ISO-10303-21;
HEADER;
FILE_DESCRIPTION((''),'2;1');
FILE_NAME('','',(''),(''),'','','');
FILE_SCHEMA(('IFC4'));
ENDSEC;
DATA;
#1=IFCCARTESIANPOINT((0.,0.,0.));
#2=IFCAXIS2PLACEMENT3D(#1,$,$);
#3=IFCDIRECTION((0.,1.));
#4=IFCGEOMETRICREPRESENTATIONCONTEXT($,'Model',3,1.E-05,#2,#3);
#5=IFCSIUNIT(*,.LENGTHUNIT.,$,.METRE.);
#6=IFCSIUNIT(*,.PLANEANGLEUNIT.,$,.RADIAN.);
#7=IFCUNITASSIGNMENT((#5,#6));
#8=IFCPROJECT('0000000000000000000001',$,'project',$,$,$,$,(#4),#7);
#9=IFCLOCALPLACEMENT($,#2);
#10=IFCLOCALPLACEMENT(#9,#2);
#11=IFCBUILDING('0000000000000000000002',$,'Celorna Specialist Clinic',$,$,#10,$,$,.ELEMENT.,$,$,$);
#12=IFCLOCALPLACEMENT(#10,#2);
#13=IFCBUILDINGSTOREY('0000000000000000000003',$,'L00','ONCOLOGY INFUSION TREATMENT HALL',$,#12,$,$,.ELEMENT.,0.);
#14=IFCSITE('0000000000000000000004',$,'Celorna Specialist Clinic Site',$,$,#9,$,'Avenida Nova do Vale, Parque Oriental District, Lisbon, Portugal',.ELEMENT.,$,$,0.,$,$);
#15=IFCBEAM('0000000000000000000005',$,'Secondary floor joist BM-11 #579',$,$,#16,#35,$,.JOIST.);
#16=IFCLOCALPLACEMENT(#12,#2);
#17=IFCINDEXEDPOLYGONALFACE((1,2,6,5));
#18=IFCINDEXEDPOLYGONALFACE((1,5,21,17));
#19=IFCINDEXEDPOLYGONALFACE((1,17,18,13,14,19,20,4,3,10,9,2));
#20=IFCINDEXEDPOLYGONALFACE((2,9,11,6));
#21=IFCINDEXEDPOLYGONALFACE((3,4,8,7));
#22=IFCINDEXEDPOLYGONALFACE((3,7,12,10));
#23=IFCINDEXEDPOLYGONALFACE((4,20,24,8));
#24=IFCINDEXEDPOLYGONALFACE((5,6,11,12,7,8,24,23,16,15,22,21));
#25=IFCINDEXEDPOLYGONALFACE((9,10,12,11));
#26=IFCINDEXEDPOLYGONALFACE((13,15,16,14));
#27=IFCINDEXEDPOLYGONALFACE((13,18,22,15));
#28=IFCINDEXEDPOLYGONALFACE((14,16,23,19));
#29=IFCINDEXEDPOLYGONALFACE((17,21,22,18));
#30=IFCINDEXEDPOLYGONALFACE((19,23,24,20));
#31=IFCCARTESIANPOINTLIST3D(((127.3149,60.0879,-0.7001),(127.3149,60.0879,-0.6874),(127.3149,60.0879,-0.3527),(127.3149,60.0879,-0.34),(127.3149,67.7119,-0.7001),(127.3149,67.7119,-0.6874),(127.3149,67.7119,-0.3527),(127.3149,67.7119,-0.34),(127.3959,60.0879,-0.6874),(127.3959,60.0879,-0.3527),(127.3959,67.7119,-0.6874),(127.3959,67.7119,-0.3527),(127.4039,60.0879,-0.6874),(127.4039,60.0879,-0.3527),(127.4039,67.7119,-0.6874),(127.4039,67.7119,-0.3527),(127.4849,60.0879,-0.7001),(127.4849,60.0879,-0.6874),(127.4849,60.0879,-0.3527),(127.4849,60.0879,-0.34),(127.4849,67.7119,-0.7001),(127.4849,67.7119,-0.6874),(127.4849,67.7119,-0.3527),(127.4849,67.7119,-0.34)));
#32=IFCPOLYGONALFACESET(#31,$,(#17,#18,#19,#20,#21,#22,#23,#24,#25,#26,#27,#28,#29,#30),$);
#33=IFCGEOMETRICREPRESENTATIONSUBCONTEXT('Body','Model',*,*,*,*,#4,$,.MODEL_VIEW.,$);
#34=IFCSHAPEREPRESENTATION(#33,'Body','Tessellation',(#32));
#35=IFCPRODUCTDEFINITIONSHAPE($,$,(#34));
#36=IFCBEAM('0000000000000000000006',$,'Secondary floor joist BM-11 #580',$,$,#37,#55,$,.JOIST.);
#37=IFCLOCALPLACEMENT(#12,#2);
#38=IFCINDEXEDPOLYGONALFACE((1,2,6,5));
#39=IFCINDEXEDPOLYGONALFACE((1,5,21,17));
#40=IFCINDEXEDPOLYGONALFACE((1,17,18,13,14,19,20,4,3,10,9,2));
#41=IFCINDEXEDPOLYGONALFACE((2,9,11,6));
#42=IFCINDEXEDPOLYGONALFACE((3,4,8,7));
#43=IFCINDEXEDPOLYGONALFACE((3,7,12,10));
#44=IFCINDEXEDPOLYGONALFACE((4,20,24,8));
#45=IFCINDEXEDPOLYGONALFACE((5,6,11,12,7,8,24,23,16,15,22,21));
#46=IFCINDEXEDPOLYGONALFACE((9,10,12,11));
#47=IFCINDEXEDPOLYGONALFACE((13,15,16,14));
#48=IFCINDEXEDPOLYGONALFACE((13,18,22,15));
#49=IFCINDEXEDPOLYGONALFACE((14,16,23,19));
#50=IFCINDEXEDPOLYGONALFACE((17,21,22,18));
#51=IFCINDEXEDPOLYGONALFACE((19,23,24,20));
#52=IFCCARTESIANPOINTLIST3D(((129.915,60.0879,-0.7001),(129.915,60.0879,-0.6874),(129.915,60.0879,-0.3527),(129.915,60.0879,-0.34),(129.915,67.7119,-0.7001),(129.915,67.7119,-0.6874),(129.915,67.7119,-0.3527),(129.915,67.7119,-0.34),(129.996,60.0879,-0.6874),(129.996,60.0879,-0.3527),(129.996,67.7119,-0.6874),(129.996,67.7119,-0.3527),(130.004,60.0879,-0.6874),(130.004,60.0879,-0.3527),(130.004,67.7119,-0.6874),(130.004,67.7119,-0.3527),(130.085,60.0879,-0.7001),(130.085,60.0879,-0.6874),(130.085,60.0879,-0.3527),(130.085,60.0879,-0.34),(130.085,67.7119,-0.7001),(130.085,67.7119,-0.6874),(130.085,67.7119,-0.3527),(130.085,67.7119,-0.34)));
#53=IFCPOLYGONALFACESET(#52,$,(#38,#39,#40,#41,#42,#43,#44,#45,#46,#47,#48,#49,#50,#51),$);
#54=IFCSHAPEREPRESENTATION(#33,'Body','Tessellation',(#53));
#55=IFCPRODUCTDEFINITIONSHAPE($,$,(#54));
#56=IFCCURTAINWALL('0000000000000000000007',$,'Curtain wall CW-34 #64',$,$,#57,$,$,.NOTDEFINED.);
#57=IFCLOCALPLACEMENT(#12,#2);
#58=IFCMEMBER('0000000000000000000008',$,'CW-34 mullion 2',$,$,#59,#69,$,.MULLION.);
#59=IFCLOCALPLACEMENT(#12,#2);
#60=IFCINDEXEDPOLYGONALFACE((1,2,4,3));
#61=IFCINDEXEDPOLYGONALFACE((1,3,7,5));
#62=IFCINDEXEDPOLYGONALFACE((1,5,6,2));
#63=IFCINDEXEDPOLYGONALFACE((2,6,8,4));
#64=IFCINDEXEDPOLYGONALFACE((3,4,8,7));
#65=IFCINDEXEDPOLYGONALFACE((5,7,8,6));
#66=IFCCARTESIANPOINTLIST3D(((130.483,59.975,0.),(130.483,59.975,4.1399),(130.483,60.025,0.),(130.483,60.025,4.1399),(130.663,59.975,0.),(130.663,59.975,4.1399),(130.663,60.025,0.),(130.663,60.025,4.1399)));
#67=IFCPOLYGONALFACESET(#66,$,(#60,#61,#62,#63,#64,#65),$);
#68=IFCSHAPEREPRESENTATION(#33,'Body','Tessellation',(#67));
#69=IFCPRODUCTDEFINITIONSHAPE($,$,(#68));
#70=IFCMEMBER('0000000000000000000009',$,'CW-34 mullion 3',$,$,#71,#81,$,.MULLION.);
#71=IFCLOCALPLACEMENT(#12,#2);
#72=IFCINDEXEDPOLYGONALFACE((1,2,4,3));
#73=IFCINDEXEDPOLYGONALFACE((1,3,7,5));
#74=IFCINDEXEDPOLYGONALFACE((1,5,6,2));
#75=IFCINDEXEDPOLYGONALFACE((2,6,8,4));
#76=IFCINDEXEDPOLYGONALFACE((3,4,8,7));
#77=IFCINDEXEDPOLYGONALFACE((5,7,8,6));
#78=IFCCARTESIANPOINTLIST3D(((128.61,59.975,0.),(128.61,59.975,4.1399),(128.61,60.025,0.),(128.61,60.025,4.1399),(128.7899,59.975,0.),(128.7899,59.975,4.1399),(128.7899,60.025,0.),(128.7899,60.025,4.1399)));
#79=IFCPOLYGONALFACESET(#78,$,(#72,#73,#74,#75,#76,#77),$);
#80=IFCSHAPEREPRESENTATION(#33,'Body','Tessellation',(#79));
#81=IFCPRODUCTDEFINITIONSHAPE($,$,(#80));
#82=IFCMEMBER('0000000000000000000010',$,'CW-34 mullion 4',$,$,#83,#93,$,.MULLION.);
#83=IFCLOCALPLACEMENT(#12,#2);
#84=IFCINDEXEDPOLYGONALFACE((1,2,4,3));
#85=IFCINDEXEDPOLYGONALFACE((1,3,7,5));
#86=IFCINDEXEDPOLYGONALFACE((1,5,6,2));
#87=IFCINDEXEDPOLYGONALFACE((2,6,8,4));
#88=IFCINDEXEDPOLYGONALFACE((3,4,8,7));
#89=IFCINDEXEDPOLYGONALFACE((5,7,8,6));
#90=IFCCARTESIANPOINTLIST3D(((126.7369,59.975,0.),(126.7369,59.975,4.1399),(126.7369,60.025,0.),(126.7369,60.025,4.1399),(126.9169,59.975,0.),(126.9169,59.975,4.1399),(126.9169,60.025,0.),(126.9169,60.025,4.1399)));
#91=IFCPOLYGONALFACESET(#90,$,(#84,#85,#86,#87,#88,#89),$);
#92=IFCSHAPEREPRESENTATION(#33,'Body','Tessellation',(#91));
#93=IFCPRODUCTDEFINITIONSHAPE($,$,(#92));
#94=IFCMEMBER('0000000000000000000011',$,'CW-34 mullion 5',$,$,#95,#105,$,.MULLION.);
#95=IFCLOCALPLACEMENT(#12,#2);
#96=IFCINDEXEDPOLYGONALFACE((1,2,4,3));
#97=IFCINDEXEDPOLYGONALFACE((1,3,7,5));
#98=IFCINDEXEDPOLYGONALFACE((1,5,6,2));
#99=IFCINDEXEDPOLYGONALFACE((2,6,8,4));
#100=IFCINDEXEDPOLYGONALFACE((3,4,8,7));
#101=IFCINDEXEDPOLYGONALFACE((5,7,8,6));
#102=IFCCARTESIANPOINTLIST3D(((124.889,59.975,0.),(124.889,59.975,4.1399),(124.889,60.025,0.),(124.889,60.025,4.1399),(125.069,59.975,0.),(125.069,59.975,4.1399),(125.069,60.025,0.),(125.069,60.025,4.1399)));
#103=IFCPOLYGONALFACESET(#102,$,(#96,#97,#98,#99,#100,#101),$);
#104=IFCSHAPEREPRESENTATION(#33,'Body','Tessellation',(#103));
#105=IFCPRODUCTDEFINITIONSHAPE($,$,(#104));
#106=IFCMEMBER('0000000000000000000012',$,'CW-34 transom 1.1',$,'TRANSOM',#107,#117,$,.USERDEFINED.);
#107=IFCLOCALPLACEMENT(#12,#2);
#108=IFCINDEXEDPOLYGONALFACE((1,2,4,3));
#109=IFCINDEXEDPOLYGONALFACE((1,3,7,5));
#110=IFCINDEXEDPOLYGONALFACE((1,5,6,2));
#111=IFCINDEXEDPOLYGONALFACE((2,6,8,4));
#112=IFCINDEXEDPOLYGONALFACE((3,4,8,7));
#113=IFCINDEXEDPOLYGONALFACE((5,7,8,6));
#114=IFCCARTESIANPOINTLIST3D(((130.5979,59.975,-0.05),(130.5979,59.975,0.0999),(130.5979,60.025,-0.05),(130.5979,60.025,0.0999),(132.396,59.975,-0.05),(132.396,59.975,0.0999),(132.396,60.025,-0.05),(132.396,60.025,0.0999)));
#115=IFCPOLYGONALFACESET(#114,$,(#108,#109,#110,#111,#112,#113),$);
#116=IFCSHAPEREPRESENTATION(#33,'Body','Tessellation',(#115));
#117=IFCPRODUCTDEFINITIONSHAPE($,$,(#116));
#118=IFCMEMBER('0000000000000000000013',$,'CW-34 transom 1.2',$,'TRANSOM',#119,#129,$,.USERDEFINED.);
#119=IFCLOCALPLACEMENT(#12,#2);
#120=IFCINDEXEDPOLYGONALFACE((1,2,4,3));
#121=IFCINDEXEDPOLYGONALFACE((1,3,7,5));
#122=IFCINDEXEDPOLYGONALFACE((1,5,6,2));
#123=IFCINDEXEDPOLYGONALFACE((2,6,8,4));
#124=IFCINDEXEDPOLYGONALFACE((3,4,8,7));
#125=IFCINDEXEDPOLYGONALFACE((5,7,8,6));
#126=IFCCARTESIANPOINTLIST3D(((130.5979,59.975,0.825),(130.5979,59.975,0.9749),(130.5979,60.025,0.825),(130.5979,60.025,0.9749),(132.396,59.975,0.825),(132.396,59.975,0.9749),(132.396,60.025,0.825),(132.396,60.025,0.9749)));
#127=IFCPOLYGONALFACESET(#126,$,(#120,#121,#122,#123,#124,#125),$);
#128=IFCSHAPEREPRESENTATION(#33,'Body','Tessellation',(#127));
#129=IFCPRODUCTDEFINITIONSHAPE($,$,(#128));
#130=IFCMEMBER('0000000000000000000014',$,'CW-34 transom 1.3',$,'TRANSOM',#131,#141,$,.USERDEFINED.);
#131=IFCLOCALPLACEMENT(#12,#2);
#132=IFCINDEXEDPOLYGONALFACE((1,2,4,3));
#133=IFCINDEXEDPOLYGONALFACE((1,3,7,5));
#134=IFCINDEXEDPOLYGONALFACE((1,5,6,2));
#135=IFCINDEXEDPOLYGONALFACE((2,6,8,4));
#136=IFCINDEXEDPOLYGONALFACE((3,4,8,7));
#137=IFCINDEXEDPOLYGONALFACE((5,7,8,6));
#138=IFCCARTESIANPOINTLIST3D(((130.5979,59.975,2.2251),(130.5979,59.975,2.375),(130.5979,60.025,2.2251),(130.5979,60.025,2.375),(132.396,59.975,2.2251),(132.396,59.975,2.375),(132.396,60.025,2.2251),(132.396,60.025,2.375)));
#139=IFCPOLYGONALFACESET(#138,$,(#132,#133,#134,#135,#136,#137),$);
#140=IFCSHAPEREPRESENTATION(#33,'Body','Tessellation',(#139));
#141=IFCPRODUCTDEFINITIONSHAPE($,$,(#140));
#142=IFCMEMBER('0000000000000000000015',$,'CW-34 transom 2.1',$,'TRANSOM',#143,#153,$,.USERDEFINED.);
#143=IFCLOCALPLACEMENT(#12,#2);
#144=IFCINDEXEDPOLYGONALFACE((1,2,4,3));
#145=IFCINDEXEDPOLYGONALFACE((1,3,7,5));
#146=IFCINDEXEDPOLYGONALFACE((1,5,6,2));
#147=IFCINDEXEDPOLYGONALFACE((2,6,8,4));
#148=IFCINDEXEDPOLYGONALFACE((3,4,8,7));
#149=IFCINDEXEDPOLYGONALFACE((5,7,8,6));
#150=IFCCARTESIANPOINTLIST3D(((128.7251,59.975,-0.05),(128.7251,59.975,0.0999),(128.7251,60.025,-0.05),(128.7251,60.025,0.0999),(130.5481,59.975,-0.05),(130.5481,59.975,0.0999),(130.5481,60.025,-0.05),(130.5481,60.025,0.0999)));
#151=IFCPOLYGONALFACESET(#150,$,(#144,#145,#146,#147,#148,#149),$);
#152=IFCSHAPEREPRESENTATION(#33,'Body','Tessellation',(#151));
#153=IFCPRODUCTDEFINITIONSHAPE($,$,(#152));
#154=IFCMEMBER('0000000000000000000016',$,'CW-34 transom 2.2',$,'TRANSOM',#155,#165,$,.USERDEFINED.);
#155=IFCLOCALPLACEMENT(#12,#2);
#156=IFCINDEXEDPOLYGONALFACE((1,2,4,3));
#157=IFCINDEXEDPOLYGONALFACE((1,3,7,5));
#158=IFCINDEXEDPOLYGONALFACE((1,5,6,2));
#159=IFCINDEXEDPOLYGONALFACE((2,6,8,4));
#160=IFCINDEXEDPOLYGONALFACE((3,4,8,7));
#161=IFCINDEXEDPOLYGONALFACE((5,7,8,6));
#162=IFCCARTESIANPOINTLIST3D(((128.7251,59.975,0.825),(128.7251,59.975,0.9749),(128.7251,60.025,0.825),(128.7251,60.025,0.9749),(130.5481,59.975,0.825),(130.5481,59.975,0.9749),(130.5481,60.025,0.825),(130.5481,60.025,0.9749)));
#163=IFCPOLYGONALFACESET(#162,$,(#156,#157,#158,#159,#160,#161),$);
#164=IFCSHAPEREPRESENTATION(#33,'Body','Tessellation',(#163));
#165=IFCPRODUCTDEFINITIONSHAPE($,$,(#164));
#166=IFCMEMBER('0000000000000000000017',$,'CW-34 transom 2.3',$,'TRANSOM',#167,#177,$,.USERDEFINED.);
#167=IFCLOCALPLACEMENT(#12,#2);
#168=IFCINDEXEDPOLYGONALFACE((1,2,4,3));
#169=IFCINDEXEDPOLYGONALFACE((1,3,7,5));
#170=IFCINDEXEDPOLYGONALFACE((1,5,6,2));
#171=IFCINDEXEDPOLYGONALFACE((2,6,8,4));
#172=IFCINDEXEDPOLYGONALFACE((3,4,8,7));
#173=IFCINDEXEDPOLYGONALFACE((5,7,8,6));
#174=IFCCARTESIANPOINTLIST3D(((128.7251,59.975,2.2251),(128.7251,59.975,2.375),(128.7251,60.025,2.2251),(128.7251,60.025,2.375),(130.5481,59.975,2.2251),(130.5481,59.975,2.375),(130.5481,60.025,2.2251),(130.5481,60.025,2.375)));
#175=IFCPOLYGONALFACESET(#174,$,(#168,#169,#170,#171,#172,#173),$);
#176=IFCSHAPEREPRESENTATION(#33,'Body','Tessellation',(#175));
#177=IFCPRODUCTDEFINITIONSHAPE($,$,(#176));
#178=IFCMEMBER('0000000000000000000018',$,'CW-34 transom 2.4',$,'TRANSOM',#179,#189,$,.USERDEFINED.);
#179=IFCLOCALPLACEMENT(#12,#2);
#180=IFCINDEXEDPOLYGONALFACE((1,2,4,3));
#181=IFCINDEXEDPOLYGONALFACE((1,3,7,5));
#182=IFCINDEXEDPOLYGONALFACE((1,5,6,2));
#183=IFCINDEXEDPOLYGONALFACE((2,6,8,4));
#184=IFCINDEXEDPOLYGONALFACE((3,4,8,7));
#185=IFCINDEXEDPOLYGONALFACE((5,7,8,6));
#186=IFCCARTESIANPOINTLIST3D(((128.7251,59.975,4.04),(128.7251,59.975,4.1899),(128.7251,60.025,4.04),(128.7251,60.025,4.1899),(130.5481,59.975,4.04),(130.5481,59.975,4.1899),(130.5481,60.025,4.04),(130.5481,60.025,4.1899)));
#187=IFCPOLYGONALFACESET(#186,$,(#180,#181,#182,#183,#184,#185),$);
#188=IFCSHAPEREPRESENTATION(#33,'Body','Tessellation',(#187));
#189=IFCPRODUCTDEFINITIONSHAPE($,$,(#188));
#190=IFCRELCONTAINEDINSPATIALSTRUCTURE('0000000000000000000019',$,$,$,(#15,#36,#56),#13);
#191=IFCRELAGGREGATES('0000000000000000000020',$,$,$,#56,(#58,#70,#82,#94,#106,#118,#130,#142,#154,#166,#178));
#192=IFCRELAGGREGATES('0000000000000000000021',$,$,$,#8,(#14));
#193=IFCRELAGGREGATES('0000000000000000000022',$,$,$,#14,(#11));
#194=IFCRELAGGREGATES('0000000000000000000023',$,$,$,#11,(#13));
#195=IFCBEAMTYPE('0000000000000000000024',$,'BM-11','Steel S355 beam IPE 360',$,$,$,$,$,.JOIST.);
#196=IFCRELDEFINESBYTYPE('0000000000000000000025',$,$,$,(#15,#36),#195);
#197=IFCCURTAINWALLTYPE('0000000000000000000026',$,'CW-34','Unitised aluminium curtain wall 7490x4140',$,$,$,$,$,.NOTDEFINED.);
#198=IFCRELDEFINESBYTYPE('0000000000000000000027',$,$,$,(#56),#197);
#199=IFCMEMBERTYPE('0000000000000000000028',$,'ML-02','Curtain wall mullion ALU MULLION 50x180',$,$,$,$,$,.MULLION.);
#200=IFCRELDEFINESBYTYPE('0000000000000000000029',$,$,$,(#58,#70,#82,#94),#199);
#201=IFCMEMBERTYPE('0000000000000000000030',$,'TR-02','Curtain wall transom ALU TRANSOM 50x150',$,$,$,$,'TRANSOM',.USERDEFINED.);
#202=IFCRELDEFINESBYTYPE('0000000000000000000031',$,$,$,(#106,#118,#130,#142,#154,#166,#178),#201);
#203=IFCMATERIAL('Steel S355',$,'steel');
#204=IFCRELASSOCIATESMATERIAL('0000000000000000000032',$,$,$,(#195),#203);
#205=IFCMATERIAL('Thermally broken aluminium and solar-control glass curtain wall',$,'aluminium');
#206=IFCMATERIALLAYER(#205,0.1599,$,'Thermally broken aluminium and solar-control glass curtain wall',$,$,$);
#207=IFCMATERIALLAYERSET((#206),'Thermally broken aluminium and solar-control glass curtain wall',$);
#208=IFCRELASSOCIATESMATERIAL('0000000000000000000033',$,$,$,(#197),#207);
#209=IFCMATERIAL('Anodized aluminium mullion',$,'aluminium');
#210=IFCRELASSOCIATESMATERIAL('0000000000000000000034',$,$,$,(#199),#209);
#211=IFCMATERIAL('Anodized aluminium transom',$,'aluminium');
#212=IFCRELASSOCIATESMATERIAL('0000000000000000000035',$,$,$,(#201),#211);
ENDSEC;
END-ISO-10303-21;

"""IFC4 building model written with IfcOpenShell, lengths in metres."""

from ifc_helpers import new_model, si_unit, direction, frame, origin, origin_2d, place, context, subcontext, project, spatial, rectangle, i_section, extrude, material, layer, layer_set, material_profile, profile_set, type_object, element, aggregate, save


model = new_model("IFC4")

# Units and contexts
model_context = context("Model", 3, precision=1e-05, world=origin(), true_north=direction((0.0, 1.0)))
body_context = subcontext(model_context, "Body", "Model", "MODEL_VIEW")
ifc_project = project(units=[si_unit("LENGTHUNIT", "METRE"), si_unit("PLANEANGLEUNIT", "RADIAN")], contexts=[model_context])

# Site, building, storey
site_placement = place(None, origin())
site = spatial("IfcSite", under=ifc_project, at=site_placement, Name="Celorna Specialist Clinic Site", LongName="Avenida Nova do Vale, Parque Oriental District, Lisbon, Portugal", CompositionType="ELEMENT", RefElevation=0.0)
building_placement = place(site_placement, origin())
building = spatial("IfcBuilding", under=site, at=building_placement, Name="Celorna Specialist Clinic", CompositionType="ELEMENT")
storey_placement = place(building_placement, origin())
storey = spatial("IfcBuildingStorey", under=building, at=storey_placement, Name="L00", Description="ONCOLOGY INFUSION TREATMENT HALL", CompositionType="ELEMENT", Elevation=0.0)

# Beams
ifc_material_1 = material(Name="Steel S355", Category="steel")
ifc_material_profile_1 = material_profile(ifc_material_1, i_section(OverallWidth=0.1699, OverallDepth=0.3601, WebThickness=0.0081, FlangeThickness=0.0127, at=origin_2d()), Name="IPE 360")
ifc_profile_set_1 = profile_set([ifc_material_profile_1], Name="Steel S355")
beam_type = type_object("IfcBeamType", Name="BM-11", Description="Steel S355 beam IPE 360", PredefinedType="JOIST", material=ifc_profile_set_1)
for number, where, z_axis, x_axis, name in (
    (1, (127.3999, 60.0879, -0.52), (0.0, 1.0, 0.0), (-1.0, 0.0, 0.0), "Secondary floor joist BM-11 #579"),
    (2, (130.0, 60.0879, -0.52), (0.0, 1.0, 0.0), (-1.0, 0.0, 0.0), "Secondary floor joist BM-11 #580"),
):
    element("IfcBeam", number, at=place(storey_placement, frame(where, z_axis=z_axis, x_axis=x_axis)), inside=storey, type_object=beam_type, Name=name, PredefinedType="JOIST", context=body_context, shape_type="SweptSolid", body=[
        extrude(i_section(OverallWidth=0.1699, OverallDepth=0.3601, WebThickness=0.0081, FlangeThickness=0.0127, at=origin_2d()), origin(), (0.0, 0.0, 1.0), 7.624),
    ])

# Curtain wall, members
ifc_material_2 = material(Name="Thermally broken aluminium and solar-control glass curtain wall", Category="aluminium")
ifc_layer_1 = layer(ifc_material_2, 0.1599, Name="Thermally broken aluminium and solar-control glass curtain wall")
ifc_layer_set_1 = layer_set([ifc_layer_1], Name="Thermally broken aluminium and solar-control glass curtain wall")
curtain_wall_type = type_object("IfcCurtainWallType", Name="CW-34", Description="Unitised aluminium curtain wall 7490x4140", PredefinedType="NOTDEFINED", material=ifc_layer_set_1)
curtain_wall_placement = place(storey_placement, origin())
curtain_wall = element("IfcCurtainWall", 3, at=curtain_wall_placement, inside=storey, type_object=curtain_wall_type, Name="Curtain wall CW-34 #64", PredefinedType="NOTDEFINED")
ifc_material_3 = material(Name="Anodized aluminium mullion", Category="aluminium")
ifc_material_profile_2 = material_profile(ifc_material_3, rectangle(XDim=0.05, YDim=0.1799, at=origin_2d()), Name="ALU MULLION 50x180")
ifc_profile_set_2 = profile_set([ifc_material_profile_2], Name="Anodized aluminium mullion")
member_type_1 = type_object("IfcMemberType", Name="ML-02", Description="Curtain wall mullion ALU MULLION 50x180", PredefinedType="MULLION", material=ifc_profile_set_2)
member_1_placement = place(storey_placement, frame((130.573, 60.0, 0.0), z_axis=(0.0, 0.0, 1.0), x_axis=(0.0, -1.0, 0.0)))
member_1 = element("IfcMember", 4, at=member_1_placement, type_object=member_type_1, Name="CW-34 mullion 2", PredefinedType="MULLION", context=body_context, shape_type="SweptSolid", body=[
    extrude(rectangle(XDim=0.05, YDim=0.1799, at=origin_2d()), origin(), (0.0, 0.0, 1.0), 4.1399),
])
member_2_placement = place(storey_placement, frame((128.7, 60.0, 0.0), z_axis=(0.0, 0.0, 1.0), x_axis=(0.0, -1.0, 0.0)))
member_2 = element("IfcMember", 5, at=member_2_placement, type_object=member_type_1, Name="CW-34 mullion 3", PredefinedType="MULLION", context=body_context, shape_type="SweptSolid", body=[
    extrude(rectangle(XDim=0.05, YDim=0.1799, at=origin_2d()), origin(), (0.0, 0.0, 1.0), 4.1399),
])
member_3_placement = place(storey_placement, frame((126.8269, 60.0, 0.0), z_axis=(0.0, 0.0, 1.0), x_axis=(0.0, -1.0, 0.0)))
member_3 = element("IfcMember", 6, at=member_3_placement, type_object=member_type_1, Name="CW-34 mullion 4", PredefinedType="MULLION", context=body_context, shape_type="SweptSolid", body=[
    extrude(rectangle(XDim=0.05, YDim=0.1799, at=origin_2d()), origin(), (0.0, 0.0, 1.0), 4.1399),
])
member_4_placement = place(storey_placement, frame((124.979, 60.0, 0.0), z_axis=(0.0, 0.0, 1.0), x_axis=(0.0, -1.0, 0.0)))
member_4 = element("IfcMember", 7, at=member_4_placement, type_object=member_type_1, Name="CW-34 mullion 5", PredefinedType="MULLION", context=body_context, shape_type="SweptSolid", body=[
    extrude(rectangle(XDim=0.05, YDim=0.1799, at=origin_2d()), origin(), (0.0, 0.0, 1.0), 4.1399),
])
ifc_material_4 = material(Name="Anodized aluminium transom", Category="aluminium")
ifc_material_profile_3 = material_profile(ifc_material_4, rectangle(XDim=0.05, YDim=0.1499, at=origin_2d()), Name="ALU TRANSOM 50x150")
ifc_profile_set_3 = profile_set([ifc_material_profile_3], Name="Anodized aluminium transom")
member_type_2 = type_object("IfcMemberType", Name="TR-02", Description="Curtain wall transom ALU TRANSOM 50x150", ElementType="TRANSOM", PredefinedType="USERDEFINED", material=ifc_profile_set_3)
member_5_placement = place(storey_placement, frame((132.396, 60.0, 0.0249), z_axis=(-1.0, 0.0, 0.0), x_axis=(0.0, -1.0, 0.0)))
member_5 = element("IfcMember", 8, at=member_5_placement, type_object=member_type_2, Name="CW-34 transom 1.1", ObjectType="TRANSOM", PredefinedType="USERDEFINED", context=body_context, shape_type="SweptSolid", body=[
    extrude(rectangle(XDim=0.05, YDim=0.1499, at=origin_2d()), origin(), (0.0, 0.0, 1.0), 1.7981),
])
member_6_placement = place(storey_placement, frame((132.396, 60.0, 0.8999), z_axis=(-1.0, 0.0, 0.0), x_axis=(0.0, -1.0, 0.0)))
member_6 = element("IfcMember", 9, at=member_6_placement, type_object=member_type_2, Name="CW-34 transom 1.2", ObjectType="TRANSOM", PredefinedType="USERDEFINED", context=body_context, shape_type="SweptSolid", body=[
    extrude(rectangle(XDim=0.05, YDim=0.1499, at=origin_2d()), origin(), (0.0, 0.0, 1.0), 1.7981),
])
member_7_placement = place(storey_placement, frame((132.396, 60.0, 2.3), z_axis=(-1.0, 0.0, 0.0), x_axis=(0.0, -1.0, 0.0)))
member_7 = element("IfcMember", 10, at=member_7_placement, type_object=member_type_2, Name="CW-34 transom 1.3", ObjectType="TRANSOM", PredefinedType="USERDEFINED", context=body_context, shape_type="SweptSolid", body=[
    extrude(rectangle(XDim=0.05, YDim=0.1499, at=origin_2d()), origin(), (0.0, 0.0, 1.0), 1.7981),
])
member_8_placement = place(storey_placement, frame((130.5481, 60.0, 0.0249), z_axis=(-1.0, 0.0, 0.0), x_axis=(0.0, -1.0, 0.0)))
member_8 = element("IfcMember", 11, at=member_8_placement, type_object=member_type_2, Name="CW-34 transom 2.1", ObjectType="TRANSOM", PredefinedType="USERDEFINED", context=body_context, shape_type="SweptSolid", body=[
    extrude(rectangle(XDim=0.05, YDim=0.1499, at=origin_2d()), origin(), (0.0, 0.0, 1.0), 1.823),
])
member_9_placement = place(storey_placement, frame((130.5481, 60.0, 0.8999), z_axis=(-1.0, 0.0, 0.0), x_axis=(0.0, -1.0, 0.0)))
member_9 = element("IfcMember", 12, at=member_9_placement, type_object=member_type_2, Name="CW-34 transom 2.2", ObjectType="TRANSOM", PredefinedType="USERDEFINED", context=body_context, shape_type="SweptSolid", body=[
    extrude(rectangle(XDim=0.05, YDim=0.1499, at=origin_2d()), origin(), (0.0, 0.0, 1.0), 1.823),
])
member_10_placement = place(storey_placement, frame((130.5481, 60.0, 2.3), z_axis=(-1.0, 0.0, 0.0), x_axis=(0.0, -1.0, 0.0)))
member_10 = element("IfcMember", 13, at=member_10_placement, type_object=member_type_2, Name="CW-34 transom 2.3", ObjectType="TRANSOM", PredefinedType="USERDEFINED", context=body_context, shape_type="SweptSolid", body=[
    extrude(rectangle(XDim=0.05, YDim=0.1499, at=origin_2d()), origin(), (0.0, 0.0, 1.0), 1.823),
])
member_11_placement = place(storey_placement, frame((130.5481, 60.0, 4.115), z_axis=(-1.0, 0.0, 0.0), x_axis=(0.0, -1.0, 0.0)))
member_11 = element("IfcMember", 14, at=member_11_placement, type_object=member_type_2, Name="CW-34 transom 2.4", ObjectType="TRANSOM", PredefinedType="USERDEFINED", context=body_context, shape_type="SweptSolid", body=[
    extrude(rectangle(XDim=0.05, YDim=0.1499, at=origin_2d()), origin(), (0.0, 0.0, 1.0), 1.823),
])
aggregate(curtain_wall, [member_1, member_2, member_3, member_4, member_5, member_6, member_7, member_8, member_9, member_10, member_11])

save(model, "model.ifc")
